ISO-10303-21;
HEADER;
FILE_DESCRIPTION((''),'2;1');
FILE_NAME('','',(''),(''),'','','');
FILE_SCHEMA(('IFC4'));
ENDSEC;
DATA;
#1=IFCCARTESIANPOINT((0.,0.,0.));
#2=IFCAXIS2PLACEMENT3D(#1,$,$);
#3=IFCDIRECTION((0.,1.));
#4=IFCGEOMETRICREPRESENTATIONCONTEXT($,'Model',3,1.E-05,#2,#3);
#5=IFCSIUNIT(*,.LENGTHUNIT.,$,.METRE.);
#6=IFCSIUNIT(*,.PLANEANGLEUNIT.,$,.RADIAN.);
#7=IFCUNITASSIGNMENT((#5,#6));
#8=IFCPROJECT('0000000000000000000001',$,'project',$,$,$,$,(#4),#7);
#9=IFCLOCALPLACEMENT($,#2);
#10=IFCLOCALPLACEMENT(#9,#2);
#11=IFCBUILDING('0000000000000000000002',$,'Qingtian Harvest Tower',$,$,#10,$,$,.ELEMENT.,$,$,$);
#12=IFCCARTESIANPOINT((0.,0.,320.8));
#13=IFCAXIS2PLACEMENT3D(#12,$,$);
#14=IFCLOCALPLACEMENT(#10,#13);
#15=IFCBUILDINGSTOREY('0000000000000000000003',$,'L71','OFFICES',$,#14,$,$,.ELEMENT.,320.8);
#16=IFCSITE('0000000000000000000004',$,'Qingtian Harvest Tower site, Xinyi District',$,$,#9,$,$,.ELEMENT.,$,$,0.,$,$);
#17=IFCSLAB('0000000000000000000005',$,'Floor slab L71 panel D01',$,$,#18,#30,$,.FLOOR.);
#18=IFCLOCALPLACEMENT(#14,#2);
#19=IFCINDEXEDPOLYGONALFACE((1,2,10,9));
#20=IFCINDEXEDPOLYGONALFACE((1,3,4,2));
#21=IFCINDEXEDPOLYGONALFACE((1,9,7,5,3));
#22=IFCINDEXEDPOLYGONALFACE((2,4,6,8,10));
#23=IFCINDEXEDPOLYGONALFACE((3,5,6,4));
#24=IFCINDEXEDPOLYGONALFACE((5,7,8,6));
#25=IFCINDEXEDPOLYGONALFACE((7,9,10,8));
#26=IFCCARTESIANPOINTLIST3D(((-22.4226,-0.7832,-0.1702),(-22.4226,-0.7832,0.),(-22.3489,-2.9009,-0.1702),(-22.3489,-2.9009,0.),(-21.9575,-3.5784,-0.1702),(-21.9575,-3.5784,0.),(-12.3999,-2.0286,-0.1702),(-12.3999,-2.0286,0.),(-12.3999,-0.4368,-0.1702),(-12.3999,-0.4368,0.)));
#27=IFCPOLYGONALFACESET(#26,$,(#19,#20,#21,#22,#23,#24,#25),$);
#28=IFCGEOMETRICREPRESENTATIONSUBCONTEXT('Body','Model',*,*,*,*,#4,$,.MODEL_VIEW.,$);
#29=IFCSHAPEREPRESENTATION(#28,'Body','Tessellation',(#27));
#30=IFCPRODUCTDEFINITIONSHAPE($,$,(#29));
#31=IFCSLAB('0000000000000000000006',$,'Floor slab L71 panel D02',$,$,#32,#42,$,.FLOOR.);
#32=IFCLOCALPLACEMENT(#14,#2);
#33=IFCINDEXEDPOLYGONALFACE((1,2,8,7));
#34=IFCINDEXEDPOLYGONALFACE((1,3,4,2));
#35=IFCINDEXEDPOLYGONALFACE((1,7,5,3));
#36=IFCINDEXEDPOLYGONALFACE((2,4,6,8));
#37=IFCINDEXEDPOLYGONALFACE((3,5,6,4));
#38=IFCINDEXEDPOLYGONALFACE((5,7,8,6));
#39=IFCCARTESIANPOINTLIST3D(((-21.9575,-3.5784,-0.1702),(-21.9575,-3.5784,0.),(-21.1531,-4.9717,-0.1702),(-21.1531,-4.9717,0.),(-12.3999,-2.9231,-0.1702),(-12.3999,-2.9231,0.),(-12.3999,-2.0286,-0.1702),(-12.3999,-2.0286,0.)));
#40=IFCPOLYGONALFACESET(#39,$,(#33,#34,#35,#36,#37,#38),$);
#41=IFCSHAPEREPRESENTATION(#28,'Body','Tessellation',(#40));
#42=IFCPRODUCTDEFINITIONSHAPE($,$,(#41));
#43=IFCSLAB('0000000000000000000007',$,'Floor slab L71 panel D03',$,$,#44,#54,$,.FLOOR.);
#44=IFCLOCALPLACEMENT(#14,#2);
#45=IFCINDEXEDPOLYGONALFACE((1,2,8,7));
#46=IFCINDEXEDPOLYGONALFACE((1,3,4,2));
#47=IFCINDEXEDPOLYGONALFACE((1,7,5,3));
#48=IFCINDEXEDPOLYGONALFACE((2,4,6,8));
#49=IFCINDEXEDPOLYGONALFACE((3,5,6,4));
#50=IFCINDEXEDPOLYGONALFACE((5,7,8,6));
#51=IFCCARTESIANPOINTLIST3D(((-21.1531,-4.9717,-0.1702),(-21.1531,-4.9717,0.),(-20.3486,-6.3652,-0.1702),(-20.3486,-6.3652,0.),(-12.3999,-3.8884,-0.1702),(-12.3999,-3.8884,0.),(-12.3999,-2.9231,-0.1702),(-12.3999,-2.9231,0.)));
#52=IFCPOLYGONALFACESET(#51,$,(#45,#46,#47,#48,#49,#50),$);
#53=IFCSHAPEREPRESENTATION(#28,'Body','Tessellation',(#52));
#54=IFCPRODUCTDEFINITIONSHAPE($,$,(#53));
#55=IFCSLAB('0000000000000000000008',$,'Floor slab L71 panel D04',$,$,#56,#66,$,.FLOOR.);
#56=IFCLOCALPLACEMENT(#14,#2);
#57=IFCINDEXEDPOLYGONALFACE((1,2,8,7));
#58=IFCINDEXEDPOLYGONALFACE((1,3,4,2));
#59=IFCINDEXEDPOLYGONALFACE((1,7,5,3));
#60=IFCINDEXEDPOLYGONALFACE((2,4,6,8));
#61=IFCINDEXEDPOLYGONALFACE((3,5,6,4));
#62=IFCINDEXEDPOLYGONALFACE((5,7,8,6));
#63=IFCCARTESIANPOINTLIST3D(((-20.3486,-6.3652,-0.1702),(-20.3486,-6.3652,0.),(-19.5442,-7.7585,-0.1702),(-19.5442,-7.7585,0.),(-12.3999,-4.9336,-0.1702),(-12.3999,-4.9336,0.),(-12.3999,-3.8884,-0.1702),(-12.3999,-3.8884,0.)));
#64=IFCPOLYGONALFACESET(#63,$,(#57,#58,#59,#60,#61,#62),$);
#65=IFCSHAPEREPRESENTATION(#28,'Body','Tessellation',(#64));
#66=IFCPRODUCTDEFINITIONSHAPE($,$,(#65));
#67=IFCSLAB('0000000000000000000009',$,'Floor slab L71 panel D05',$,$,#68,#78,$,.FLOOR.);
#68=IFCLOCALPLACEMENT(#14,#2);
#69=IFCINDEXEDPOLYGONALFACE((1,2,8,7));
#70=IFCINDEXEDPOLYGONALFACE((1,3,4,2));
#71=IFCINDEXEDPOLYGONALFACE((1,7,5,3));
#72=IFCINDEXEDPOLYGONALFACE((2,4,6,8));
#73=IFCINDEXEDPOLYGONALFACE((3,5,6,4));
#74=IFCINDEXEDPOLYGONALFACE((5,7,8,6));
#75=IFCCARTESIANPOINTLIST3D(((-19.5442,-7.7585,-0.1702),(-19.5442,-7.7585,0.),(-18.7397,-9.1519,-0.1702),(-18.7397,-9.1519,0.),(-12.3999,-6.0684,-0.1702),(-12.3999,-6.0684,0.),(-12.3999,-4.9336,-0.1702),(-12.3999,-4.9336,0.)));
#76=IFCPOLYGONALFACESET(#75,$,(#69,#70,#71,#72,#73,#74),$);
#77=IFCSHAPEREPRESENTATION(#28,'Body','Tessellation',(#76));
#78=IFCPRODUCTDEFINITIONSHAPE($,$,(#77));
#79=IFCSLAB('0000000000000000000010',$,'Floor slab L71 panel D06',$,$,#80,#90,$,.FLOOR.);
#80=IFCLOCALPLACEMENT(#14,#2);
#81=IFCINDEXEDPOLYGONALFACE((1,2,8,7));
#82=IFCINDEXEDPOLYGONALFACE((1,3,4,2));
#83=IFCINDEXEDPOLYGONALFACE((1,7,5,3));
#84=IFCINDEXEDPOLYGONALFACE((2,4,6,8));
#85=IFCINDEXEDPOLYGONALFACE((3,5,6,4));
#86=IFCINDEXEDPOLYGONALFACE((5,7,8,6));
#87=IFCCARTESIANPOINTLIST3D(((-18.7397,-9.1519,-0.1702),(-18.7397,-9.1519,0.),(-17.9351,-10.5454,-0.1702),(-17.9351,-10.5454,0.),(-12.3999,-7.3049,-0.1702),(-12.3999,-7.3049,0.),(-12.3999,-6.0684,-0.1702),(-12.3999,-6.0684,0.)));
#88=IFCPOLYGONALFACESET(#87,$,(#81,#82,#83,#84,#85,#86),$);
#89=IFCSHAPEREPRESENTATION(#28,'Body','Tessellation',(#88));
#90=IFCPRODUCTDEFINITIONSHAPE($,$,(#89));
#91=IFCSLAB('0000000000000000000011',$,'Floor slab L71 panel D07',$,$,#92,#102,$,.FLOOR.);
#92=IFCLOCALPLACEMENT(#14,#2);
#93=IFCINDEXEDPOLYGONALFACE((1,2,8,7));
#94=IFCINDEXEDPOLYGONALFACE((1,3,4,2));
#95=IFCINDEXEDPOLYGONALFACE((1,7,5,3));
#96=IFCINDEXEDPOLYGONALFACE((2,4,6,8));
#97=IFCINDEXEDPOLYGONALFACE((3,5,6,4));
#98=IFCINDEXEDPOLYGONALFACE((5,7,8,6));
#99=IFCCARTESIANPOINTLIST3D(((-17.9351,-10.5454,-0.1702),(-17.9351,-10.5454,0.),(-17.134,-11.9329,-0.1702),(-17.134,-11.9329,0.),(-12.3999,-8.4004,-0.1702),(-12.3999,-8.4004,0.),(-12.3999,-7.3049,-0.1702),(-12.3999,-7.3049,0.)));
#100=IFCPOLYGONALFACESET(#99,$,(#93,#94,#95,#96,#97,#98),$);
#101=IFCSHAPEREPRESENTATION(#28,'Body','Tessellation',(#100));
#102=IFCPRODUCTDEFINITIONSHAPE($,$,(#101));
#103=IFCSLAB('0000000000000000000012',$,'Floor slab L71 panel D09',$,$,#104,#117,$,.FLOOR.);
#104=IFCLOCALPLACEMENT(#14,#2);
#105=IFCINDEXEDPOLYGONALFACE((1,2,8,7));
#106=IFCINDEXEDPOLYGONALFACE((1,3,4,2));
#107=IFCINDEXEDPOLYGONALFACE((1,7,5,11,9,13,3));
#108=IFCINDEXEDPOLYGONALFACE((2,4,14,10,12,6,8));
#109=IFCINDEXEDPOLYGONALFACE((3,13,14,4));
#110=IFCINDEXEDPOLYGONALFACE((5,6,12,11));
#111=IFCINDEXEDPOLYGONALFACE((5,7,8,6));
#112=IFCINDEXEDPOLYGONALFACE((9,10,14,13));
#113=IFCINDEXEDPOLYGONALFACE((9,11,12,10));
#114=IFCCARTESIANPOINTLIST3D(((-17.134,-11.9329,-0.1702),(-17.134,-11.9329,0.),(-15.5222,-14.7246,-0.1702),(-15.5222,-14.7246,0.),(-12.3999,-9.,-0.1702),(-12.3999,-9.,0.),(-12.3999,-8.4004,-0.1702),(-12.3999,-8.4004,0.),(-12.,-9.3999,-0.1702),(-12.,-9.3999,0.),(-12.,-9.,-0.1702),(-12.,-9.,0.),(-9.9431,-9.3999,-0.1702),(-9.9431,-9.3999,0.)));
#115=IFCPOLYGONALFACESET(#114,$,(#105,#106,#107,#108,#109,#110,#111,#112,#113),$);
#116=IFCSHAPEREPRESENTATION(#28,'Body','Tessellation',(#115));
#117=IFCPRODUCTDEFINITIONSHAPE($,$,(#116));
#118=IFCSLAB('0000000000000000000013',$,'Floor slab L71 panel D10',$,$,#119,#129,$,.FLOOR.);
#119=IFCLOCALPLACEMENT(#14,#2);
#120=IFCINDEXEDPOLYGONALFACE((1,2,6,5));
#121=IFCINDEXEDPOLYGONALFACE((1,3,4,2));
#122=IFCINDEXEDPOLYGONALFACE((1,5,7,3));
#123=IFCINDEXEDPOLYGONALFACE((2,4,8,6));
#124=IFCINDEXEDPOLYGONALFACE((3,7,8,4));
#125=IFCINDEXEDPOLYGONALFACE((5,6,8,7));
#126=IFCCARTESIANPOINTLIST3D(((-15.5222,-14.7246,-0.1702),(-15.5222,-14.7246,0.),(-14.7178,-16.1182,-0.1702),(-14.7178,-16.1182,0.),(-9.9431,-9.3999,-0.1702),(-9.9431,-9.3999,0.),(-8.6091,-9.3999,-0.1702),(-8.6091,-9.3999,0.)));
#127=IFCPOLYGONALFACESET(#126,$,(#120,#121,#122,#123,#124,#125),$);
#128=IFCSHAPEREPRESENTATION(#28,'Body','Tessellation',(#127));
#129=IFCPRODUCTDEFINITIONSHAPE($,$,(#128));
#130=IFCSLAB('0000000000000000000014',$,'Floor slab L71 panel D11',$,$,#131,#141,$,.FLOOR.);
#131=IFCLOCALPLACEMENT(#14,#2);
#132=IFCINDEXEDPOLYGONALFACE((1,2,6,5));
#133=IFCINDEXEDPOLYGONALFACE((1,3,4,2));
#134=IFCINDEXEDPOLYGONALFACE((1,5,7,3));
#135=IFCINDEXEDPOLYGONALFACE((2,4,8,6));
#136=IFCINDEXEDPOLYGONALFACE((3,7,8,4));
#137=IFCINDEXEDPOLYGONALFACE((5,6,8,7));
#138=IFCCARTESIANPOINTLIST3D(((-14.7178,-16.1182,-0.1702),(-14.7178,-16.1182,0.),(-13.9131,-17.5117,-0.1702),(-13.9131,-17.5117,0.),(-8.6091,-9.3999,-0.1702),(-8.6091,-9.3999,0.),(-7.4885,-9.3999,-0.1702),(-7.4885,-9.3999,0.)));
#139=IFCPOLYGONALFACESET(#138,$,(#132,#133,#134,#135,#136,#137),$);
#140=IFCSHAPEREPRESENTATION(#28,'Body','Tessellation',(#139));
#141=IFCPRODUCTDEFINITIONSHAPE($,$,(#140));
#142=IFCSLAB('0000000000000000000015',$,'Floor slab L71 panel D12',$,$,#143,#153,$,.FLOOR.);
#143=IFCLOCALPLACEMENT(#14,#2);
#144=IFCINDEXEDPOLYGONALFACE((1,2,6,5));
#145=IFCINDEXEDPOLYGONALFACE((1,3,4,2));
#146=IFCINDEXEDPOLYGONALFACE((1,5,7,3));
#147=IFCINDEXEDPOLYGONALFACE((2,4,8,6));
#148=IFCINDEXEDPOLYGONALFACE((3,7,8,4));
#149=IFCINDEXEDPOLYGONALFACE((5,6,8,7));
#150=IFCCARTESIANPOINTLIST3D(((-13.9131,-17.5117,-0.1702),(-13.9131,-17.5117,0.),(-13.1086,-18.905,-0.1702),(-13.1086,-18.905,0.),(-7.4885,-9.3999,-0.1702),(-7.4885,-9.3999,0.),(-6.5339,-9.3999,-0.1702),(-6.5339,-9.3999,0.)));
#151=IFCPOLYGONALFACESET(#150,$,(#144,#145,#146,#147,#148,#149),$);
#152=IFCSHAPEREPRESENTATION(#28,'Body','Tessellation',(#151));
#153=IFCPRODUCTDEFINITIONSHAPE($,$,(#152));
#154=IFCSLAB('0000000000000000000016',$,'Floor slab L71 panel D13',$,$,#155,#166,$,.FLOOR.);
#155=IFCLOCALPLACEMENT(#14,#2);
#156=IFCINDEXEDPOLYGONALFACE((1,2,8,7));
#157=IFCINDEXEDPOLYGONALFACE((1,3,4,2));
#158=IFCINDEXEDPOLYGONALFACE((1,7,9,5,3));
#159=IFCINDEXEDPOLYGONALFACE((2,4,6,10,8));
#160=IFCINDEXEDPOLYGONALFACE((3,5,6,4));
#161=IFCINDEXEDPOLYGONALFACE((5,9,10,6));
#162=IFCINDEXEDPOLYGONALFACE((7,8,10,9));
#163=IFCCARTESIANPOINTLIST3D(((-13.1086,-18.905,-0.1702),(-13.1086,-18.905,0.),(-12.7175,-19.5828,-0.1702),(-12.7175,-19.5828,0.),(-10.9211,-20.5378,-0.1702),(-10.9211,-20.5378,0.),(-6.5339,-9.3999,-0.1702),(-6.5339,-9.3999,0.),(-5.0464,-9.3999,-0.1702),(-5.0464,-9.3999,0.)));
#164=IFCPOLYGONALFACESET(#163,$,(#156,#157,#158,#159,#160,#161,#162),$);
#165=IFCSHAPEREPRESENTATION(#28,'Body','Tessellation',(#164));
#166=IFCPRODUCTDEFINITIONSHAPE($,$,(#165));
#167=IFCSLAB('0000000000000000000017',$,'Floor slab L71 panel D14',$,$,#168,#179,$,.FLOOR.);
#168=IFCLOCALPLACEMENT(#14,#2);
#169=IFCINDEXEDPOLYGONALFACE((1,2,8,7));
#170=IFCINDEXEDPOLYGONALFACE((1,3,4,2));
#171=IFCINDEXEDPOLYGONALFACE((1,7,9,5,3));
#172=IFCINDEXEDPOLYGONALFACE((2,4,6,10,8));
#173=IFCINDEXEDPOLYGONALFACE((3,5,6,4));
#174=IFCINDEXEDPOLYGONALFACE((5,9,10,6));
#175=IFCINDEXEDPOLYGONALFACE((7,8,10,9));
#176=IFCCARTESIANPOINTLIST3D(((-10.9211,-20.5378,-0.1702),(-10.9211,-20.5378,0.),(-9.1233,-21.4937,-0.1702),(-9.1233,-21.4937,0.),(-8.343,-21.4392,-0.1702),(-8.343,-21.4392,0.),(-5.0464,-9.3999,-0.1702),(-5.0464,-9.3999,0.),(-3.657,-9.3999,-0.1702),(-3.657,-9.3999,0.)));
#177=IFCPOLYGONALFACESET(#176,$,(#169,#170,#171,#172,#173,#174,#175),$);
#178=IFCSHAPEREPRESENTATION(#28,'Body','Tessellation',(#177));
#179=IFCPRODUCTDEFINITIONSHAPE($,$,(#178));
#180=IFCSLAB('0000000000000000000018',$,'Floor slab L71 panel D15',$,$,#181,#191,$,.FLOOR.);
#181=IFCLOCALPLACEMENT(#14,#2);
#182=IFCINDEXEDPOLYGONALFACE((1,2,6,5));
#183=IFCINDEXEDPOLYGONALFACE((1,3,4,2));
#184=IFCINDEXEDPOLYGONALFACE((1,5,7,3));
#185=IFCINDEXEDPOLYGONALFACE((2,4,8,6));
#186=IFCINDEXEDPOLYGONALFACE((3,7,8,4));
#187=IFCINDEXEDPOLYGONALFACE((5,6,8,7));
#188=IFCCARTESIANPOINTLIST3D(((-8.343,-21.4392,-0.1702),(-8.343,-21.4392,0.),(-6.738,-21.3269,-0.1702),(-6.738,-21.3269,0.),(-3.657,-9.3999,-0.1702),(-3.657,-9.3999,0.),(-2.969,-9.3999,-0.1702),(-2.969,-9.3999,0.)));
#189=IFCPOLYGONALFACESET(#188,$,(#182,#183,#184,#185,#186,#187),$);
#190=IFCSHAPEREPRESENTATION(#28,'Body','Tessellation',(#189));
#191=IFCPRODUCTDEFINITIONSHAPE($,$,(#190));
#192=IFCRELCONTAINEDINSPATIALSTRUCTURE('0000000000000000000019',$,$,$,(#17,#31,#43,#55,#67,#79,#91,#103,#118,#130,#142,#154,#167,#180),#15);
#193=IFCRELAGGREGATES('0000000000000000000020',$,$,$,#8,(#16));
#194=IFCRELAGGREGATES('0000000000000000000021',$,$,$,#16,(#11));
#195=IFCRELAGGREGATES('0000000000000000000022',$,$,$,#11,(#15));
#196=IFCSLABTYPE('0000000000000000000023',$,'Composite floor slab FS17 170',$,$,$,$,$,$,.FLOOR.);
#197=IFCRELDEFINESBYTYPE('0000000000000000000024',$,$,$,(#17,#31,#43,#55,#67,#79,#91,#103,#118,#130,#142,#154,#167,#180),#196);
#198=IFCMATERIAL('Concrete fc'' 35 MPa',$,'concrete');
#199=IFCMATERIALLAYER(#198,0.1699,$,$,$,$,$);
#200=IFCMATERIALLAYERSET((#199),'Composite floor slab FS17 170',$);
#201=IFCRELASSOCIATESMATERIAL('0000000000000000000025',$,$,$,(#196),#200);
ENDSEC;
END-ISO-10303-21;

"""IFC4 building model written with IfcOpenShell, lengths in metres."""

from ifc_helpers import new_model, si_unit, direction, frame, origin, place, context, subcontext, project, spatial, polyline, outline, extrude, material, layer, layer_set, type_object, element, save


model = new_model("IFC4")

# Units and contexts
model_context = context("Model", 3, precision=1e-05, world=origin(), true_north=direction((0.0, 1.0)))
body_context = subcontext(model_context, "Body", "Model", "MODEL_VIEW")
ifc_project = project(units=[si_unit("LENGTHUNIT", "METRE"), si_unit("PLANEANGLEUNIT", "RADIAN")], contexts=[model_context])

# Site, building, storey
site_placement = place(None, origin())
site = spatial("IfcSite", under=ifc_project, at=site_placement, Name="Qingtian Harvest Tower site, Xinyi District", CompositionType="ELEMENT", RefElevation=0.0)
building_placement = place(site_placement, origin())
building = spatial("IfcBuilding", under=site, at=building_placement, Name="Qingtian Harvest Tower", CompositionType="ELEMENT")
storey_placement = place(building_placement, frame((0.0, 0.0, 320.8)))
storey = spatial("IfcBuildingStorey", under=building, at=storey_placement, Name="L71", Description="OFFICES", CompositionType="ELEMENT", Elevation=320.8)

# Slabs
ifc_material = material(Name="Concrete fc' 35 MPa", Category="concrete")
ifc_layer = layer(ifc_material, 0.1699)
ifc_layer_set = layer_set([ifc_layer], Name="Composite floor slab FS17 170")
slab_type = type_object("IfcSlabType", Name="Composite floor slab FS17 170", PredefinedType="FLOOR", material=ifc_layer_set)
slab_1_placement = place(storey_placement, frame((0.0, 0.0, -0.1702)))
element("IfcSlab", 1, at=slab_1_placement, inside=storey, type_object=slab_type, Name="Floor slab L71 panel D01", PredefinedType="FLOOR", context=body_context, shape_type="SweptSolid", body=[
    extrude(outline(polyline([(-22.4226, -0.7832), (-12.3999, -0.4368), (-12.3999, -2.0286), (-21.9575, -3.5784), (-22.3489, -2.9009), (-22.4226, -0.7832)])), origin(), (0.0, 0.0, 1.0), 0.1702),
])
slab_2_placement = place(storey_placement, frame((0.0, 0.0, -0.1702)))
element("IfcSlab", 2, at=slab_2_placement, inside=storey, type_object=slab_type, Name="Floor slab L71 panel D02", PredefinedType="FLOOR", context=body_context, shape_type="SweptSolid", body=[
    extrude(outline(polyline([(-12.3999, -2.9231), (-21.1531, -4.9717), (-21.9575, -3.5784), (-12.3999, -2.0286), (-12.3999, -2.9231)])), origin(), (0.0, 0.0, 1.0), 0.1702),
])
slab_3_placement = place(storey_placement, frame((0.0, 0.0, -0.1702)))
element("IfcSlab", 3, at=slab_3_placement, inside=storey, type_object=slab_type, Name="Floor slab L71 panel D03", PredefinedType="FLOOR", context=body_context, shape_type="SweptSolid", body=[
    extrude(outline(polyline([(-12.3999, -3.8884), (-20.3486, -6.3652), (-21.1531, -4.9717), (-12.3999, -2.9231), (-12.3999, -3.8884)])), origin(), (0.0, 0.0, 1.0), 0.1702),
])
slab_4_placement = place(storey_placement, frame((0.0, 0.0, -0.1702)))
element("IfcSlab", 4, at=slab_4_placement, inside=storey, type_object=slab_type, Name="Floor slab L71 panel D04", PredefinedType="FLOOR", context=body_context, shape_type="SweptSolid", body=[
    extrude(outline(polyline([(-12.3999, -4.9336), (-19.5442, -7.7585), (-20.3486, -6.3652), (-12.3999, -3.8884), (-12.3999, -4.9336)])), origin(), (0.0, 0.0, 1.0), 0.1702),
])
slab_5_placement = place(storey_placement, frame((0.0, 0.0, -0.1702)))
element("IfcSlab", 5, at=slab_5_placement, inside=storey, type_object=slab_type, Name="Floor slab L71 panel D05", PredefinedType="FLOOR", context=body_context, shape_type="SweptSolid", body=[
    extrude(outline(polyline([(-12.3999, -6.0684), (-18.7397, -9.1519), (-19.5442, -7.7585), (-12.3999, -4.9336), (-12.3999, -6.0684)])), origin(), (0.0, 0.0, 1.0), 0.1702),
])
slab_6_placement = place(storey_placement, frame((0.0, 0.0, -0.1702)))
element("IfcSlab", 6, at=slab_6_placement, inside=storey, type_object=slab_type, Name="Floor slab L71 panel D06", PredefinedType="FLOOR", context=body_context, shape_type="SweptSolid", body=[
    extrude(outline(polyline([(-12.3999, -7.3049), (-17.9351, -10.5454), (-18.7397, -9.1519), (-12.3999, -6.0684), (-12.3999, -7.3049)])), origin(), (0.0, 0.0, 1.0), 0.1702),
])
slab_7_placement = place(storey_placement, frame((0.0, 0.0, -0.1702)))
element("IfcSlab", 7, at=slab_7_placement, inside=storey, type_object=slab_type, Name="Floor slab L71 panel D07", PredefinedType="FLOOR", context=body_context, shape_type="SweptSolid", body=[
    extrude(outline(polyline([(-12.3999, -8.4004), (-17.134, -11.9329), (-17.9351, -10.5454), (-12.3999, -7.3049), (-12.3999, -8.4004)])), origin(), (0.0, 0.0, 1.0), 0.1702),
])
slab_8_placement = place(storey_placement, frame((0.0, 0.0, -0.1702)))
element("IfcSlab", 8, at=slab_8_placement, inside=storey, type_object=slab_type, Name="Floor slab L71 panel D09", PredefinedType="FLOOR", context=body_context, shape_type="SweptSolid", body=[
    extrude(outline(polyline([(-15.5222, -14.7246), (-17.134, -11.9329), (-12.3999, -8.4004), (-12.3999, -9.0), (-12.0, -9.0), (-12.0, -9.3999), (-9.9431, -9.3999), (-15.5222, -14.7246)])), origin(), (0.0, 0.0, 1.0), 0.1702),
])
slab_9_placement = place(storey_placement, frame((0.0, 0.0, -0.1702)))
element("IfcSlab", 9, at=slab_9_placement, inside=storey, type_object=slab_type, Name="Floor slab L71 panel D10", PredefinedType="FLOOR", context=body_context, shape_type="SweptSolid", body=[
    extrude(outline(polyline([(-8.6091, -9.3999), (-14.7178, -16.1182), (-15.5222, -14.7246), (-9.9431, -9.3999), (-8.6091, -9.3999)])), origin(), (0.0, 0.0, 1.0), 0.1702),
])
slab_10_placement = place(storey_placement, frame((0.0, 0.0, -0.1702)))
element("IfcSlab", 10, at=slab_10_placement, inside=storey, type_object=slab_type, Name="Floor slab L71 panel D11", PredefinedType="FLOOR", context=body_context, shape_type="SweptSolid", body=[
    extrude(outline(polyline([(-7.4885, -9.3999), (-13.9131, -17.5117), (-14.7178, -16.1182), (-8.6091, -9.3999), (-7.4885, -9.3999)])), origin(), (0.0, 0.0, 1.0), 0.1702),
])
slab_11_placement = place(storey_placement, frame((0.0, 0.0, -0.1702)))
element("IfcSlab", 11, at=slab_11_placement, inside=storey, type_object=slab_type, Name="Floor slab L71 panel D12", PredefinedType="FLOOR", context=body_context, shape_type="SweptSolid", body=[
    extrude(outline(polyline([(-6.5339, -9.3999), (-13.1086, -18.905), (-13.9131, -17.5117), (-7.4885, -9.3999), (-6.5339, -9.3999)])), origin(), (0.0, 0.0, 1.0), 0.1702),
])
slab_12_placement = place(storey_placement, frame((0.0, 0.0, -0.1702)))
element("IfcSlab", 12, at=slab_12_placement, inside=storey, type_object=slab_type, Name="Floor slab L71 panel D13", PredefinedType="FLOOR", context=body_context, shape_type="SweptSolid", body=[
    extrude(outline(polyline([(-6.5339, -9.3999), (-5.0464, -9.3999), (-10.9211, -20.5378), (-12.7175, -19.5828), (-13.1086, -18.905), (-6.5339, -9.3999)])), origin(), (0.0, 0.0, 1.0), 0.1702),
])
slab_13_placement = place(storey_placement, frame((0.0, 0.0, -0.1702)))
element("IfcSlab", 13, at=slab_13_placement, inside=storey, type_object=slab_type, Name="Floor slab L71 panel D14", PredefinedType="FLOOR", context=body_context, shape_type="SweptSolid", body=[
    extrude(outline(polyline([(-5.0464, -9.3999), (-3.657, -9.3999), (-8.343, -21.4392), (-9.1233, -21.4937), (-10.9211, -20.5378), (-5.0464, -9.3999)])), origin(), (0.0, 0.0, 1.0), 0.1702),
])
slab_14_placement = place(storey_placement, frame((0.0, 0.0, -0.1702)))
element("IfcSlab", 14, at=slab_14_placement, inside=storey, type_object=slab_type, Name="Floor slab L71 panel D15", PredefinedType="FLOOR", context=body_context, shape_type="SweptSolid", body=[
    extrude(outline(polyline([(-2.969, -9.3999), (-6.738, -21.3269), (-8.343, -21.4392), (-3.657, -9.3999), (-2.969, -9.3999)])), origin(), (0.0, 0.0, 1.0), 0.1702),
])

save(model, "model.ifc")
